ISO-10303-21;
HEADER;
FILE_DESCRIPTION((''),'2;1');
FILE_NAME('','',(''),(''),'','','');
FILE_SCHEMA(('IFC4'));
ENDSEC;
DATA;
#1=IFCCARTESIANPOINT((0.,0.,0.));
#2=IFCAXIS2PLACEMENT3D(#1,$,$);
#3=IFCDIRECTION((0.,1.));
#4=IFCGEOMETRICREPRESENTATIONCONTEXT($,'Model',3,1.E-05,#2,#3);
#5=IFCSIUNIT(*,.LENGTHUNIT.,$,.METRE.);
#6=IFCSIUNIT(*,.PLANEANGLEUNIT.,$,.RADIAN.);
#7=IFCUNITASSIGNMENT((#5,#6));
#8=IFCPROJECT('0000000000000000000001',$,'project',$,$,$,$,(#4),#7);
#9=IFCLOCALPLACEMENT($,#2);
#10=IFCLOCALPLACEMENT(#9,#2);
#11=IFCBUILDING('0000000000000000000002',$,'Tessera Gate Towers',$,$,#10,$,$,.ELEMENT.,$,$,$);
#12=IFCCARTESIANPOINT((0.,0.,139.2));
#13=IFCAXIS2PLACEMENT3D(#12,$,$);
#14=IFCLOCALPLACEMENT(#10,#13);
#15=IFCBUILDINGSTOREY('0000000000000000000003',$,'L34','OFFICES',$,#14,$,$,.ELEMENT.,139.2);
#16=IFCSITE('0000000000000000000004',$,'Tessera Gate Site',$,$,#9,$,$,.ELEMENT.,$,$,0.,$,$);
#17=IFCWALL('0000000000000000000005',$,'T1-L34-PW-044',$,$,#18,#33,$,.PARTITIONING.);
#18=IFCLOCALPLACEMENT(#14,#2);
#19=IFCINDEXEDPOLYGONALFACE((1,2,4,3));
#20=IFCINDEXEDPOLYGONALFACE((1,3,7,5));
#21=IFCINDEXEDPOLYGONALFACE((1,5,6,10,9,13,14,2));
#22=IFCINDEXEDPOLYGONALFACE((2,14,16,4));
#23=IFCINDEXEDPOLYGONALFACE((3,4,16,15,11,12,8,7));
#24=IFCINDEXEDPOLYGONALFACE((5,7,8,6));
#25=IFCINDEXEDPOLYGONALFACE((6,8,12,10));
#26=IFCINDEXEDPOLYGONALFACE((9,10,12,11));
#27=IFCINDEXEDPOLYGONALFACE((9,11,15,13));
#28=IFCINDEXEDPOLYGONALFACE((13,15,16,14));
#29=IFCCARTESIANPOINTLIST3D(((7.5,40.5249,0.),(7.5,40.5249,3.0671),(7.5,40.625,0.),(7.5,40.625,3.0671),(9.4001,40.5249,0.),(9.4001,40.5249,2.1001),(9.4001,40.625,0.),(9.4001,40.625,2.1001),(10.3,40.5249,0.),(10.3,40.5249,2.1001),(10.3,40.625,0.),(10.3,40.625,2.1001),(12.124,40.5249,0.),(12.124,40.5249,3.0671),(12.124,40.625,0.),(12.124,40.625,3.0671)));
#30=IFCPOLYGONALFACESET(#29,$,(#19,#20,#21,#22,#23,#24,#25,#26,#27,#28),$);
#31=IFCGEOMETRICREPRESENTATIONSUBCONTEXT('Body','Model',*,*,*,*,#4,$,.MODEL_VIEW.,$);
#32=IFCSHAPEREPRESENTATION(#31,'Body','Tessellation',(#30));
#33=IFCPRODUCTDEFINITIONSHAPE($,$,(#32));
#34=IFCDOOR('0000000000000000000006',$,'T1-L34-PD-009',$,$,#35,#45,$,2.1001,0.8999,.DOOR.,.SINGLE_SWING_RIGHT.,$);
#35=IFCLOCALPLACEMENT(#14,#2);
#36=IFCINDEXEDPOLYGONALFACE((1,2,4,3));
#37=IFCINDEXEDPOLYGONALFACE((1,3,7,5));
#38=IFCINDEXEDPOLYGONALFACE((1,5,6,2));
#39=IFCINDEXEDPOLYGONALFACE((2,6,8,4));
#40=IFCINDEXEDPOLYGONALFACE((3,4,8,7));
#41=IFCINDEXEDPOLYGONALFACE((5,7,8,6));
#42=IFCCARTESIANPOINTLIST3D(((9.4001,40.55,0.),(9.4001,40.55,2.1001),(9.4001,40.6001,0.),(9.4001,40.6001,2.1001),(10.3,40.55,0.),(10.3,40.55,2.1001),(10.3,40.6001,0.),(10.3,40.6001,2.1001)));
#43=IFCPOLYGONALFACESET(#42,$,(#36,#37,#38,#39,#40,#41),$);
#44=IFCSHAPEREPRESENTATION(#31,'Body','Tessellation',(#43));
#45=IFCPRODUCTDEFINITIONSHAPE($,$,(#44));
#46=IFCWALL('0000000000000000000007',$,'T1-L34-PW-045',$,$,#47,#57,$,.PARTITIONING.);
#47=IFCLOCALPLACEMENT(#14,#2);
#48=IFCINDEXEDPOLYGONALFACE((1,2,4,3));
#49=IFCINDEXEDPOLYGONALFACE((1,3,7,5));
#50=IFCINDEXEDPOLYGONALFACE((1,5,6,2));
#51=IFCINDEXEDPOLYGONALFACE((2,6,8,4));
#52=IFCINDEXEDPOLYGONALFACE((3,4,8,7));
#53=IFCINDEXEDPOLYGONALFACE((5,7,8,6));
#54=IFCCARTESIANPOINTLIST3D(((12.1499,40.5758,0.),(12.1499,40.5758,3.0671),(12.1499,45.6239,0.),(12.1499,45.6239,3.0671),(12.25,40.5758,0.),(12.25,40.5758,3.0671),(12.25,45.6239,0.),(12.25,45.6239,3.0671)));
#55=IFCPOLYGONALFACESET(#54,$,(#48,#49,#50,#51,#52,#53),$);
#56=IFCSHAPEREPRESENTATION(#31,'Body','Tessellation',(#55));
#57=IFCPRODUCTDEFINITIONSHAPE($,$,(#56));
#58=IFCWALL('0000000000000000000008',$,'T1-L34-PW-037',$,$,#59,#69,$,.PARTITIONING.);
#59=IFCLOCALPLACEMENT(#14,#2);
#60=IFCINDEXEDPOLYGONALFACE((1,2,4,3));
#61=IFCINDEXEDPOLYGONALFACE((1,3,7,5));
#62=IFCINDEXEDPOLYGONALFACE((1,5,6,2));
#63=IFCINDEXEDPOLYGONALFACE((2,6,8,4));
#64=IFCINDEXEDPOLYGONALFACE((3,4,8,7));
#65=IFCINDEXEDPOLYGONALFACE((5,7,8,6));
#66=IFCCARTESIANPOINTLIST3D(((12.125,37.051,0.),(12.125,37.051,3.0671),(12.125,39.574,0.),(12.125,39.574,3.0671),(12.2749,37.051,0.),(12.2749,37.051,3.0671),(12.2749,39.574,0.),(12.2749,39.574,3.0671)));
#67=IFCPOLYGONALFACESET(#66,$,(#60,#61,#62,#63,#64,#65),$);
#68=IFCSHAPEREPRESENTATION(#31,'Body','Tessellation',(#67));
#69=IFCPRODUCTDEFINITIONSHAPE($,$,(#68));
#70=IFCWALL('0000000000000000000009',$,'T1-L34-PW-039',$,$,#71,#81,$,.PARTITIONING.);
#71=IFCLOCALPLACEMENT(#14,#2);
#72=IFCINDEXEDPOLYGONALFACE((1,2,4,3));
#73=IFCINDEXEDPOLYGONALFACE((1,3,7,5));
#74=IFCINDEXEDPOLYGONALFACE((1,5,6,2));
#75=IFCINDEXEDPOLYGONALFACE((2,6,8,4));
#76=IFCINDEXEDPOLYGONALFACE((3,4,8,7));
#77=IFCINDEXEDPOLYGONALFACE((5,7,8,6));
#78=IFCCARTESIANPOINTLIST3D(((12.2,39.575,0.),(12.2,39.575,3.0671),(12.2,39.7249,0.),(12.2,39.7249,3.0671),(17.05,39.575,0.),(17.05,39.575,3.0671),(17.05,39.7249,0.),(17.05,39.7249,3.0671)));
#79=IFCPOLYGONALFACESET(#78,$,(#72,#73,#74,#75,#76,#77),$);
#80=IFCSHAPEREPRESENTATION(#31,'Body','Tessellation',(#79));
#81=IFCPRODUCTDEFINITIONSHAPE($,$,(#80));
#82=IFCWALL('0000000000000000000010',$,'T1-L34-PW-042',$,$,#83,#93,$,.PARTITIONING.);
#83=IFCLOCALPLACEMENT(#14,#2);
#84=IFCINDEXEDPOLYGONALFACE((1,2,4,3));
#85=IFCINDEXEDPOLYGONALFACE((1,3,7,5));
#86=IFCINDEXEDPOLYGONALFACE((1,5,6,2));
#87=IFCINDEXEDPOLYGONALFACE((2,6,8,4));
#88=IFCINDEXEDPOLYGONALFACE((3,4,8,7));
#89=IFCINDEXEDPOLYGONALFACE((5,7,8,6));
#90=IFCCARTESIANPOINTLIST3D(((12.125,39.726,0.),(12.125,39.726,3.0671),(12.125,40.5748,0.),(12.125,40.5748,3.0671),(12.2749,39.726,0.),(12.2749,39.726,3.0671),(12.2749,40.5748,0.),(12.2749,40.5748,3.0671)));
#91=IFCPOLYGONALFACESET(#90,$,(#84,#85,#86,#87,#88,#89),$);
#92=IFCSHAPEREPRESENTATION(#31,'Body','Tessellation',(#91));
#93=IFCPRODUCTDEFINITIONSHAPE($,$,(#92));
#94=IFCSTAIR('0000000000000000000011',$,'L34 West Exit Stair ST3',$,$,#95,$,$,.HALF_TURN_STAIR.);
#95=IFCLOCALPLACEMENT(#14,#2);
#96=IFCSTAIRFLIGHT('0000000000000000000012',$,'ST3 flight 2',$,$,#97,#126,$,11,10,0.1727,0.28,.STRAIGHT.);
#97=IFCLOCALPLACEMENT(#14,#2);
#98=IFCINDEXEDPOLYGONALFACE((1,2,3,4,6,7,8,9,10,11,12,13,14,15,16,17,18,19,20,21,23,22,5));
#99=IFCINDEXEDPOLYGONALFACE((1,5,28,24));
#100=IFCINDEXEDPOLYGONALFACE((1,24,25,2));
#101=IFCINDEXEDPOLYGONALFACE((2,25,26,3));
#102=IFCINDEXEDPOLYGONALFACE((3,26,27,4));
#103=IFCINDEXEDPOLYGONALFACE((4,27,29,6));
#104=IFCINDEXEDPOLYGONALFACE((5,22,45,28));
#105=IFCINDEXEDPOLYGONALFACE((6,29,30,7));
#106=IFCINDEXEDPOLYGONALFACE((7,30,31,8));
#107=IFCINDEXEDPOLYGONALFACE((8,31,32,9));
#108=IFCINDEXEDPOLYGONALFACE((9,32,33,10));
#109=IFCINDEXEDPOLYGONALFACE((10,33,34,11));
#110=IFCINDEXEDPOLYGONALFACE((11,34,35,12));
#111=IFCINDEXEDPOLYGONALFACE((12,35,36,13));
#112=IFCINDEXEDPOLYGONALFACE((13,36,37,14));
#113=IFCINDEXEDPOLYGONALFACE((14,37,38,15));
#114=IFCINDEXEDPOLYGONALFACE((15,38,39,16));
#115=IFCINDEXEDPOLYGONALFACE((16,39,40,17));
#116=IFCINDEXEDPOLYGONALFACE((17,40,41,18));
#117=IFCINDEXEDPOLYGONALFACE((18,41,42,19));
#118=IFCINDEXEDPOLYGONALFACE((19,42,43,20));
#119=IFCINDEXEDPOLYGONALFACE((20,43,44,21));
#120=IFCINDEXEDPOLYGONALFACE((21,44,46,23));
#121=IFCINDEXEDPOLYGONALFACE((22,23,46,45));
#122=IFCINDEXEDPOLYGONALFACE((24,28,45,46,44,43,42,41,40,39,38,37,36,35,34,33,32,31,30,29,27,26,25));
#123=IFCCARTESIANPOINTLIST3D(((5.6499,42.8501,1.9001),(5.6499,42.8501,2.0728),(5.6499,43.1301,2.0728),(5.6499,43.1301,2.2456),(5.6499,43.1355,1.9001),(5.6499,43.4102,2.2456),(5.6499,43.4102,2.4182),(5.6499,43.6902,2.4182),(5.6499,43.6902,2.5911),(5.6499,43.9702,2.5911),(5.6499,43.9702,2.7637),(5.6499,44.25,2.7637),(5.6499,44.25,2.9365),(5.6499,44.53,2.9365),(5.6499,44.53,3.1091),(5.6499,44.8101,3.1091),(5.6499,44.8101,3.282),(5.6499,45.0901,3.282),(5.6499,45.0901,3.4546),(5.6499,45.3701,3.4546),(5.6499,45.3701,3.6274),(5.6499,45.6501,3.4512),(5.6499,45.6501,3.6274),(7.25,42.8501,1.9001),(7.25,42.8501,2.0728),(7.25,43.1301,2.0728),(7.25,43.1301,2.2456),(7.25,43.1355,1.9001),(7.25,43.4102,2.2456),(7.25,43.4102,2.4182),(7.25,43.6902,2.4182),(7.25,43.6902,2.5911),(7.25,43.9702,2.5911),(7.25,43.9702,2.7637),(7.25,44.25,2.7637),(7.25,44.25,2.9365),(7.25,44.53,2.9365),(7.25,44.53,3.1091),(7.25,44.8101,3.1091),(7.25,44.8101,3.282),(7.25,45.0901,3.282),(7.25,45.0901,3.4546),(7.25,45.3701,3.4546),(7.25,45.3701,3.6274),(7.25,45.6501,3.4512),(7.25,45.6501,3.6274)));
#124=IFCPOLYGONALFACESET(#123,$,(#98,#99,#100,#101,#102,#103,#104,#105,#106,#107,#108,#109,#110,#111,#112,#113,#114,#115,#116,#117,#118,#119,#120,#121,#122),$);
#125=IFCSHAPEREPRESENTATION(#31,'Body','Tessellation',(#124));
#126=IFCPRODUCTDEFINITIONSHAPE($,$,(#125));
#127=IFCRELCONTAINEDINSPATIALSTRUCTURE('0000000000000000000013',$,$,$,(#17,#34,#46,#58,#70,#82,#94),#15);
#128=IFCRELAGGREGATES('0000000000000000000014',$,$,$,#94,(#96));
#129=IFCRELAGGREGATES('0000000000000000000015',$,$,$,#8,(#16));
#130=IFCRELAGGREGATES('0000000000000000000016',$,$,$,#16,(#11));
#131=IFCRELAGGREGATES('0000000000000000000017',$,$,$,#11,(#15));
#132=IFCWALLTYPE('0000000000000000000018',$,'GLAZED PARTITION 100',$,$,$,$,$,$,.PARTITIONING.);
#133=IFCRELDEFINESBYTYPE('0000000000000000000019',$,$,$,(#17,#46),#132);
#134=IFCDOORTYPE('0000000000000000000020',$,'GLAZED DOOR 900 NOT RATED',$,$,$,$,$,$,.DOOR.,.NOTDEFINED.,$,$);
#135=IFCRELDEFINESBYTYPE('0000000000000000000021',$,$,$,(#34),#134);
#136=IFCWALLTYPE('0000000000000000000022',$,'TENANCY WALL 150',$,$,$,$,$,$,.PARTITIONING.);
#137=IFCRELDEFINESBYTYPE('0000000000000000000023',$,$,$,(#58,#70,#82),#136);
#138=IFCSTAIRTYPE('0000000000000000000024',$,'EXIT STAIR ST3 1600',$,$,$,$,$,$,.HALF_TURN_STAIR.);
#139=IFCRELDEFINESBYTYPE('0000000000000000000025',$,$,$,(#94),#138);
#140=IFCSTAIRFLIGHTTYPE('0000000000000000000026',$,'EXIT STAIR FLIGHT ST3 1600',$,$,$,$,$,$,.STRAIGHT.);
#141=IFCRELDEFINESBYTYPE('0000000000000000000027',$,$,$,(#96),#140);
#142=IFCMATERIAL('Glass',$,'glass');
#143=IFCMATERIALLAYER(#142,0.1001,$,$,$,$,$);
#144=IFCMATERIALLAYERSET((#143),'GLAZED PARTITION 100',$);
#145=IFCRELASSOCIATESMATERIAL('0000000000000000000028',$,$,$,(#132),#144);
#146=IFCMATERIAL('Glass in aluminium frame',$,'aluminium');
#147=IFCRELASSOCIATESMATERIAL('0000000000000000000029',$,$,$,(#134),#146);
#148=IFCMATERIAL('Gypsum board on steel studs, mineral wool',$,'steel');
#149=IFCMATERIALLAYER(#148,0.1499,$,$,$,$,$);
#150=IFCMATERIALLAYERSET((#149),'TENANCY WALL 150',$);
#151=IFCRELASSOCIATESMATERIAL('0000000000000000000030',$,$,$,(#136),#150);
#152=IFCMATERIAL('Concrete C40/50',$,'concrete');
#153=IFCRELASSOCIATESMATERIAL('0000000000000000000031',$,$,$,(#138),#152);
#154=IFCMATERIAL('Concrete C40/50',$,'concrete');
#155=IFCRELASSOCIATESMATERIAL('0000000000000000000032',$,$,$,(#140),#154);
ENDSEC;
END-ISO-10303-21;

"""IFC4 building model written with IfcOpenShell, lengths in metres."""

from ifc_helpers import new_model, si_unit, direction, frame, frame_2d, origin, place, context, subcontext, project, spatial, polyline, rectangle, outline, extrude, source, transform, mapped, material, layer, layer_set, type_object, element, fill, aggregate, save


model = new_model("IFC4")

# Units and contexts
model_context = context("Model", 3, precision=1e-05, world=origin(), true_north=direction((0.0, 1.0)))
body_context = subcontext(model_context, "Body", "Model", "MODEL_VIEW")
ifc_project = project(units=[si_unit("LENGTHUNIT", "METRE"), si_unit("PLANEANGLEUNIT", "RADIAN")], contexts=[model_context])

# Site, building, storey
site_placement = place(None, origin())
site = spatial("IfcSite", under=ifc_project, at=site_placement, Name="Tessera Gate Site", CompositionType="ELEMENT", RefElevation=0.0)
building_placement = place(site_placement, origin())
building = spatial("IfcBuilding", under=site, at=building_placement, Name="Tessera Gate Towers", CompositionType="ELEMENT")
storey_placement = place(building_placement, frame((0.0, 0.0, 139.2)))
storey = spatial("IfcBuildingStorey", under=building, at=storey_placement, Name="L34", Description="OFFICES", CompositionType="ELEMENT", Elevation=139.2)

# Wall, opening, door
ifc_material_1 = material(Name="Glass", Category="glass")
ifc_layer_1 = layer(ifc_material_1, 0.1001)
ifc_layer_set_1 = layer_set([ifc_layer_1], Name="GLAZED PARTITION 100")
wall_type_1 = type_object("IfcWallType", Name="GLAZED PARTITION 100", PredefinedType="PARTITIONING", material=ifc_layer_set_1)
wall_1_placement = place(storey_placement, frame((12.124, 40.575, 0.0), z_axis=(0.0, 0.0, 1.0), x_axis=(-1.0, 0.0, 0.0)))
wall_1 = element("IfcWall", 1, at=wall_1_placement, inside=storey, type_object=wall_type_1, Name="T1-L34-PW-044", PredefinedType="PARTITIONING", context=body_context, shape_type="SweptSolid", body=[
    extrude(rectangle(XDim=4.624, YDim=0.1001, at=frame_2d((2.312, 0.0))), origin(), (0.0, 0.0, 1.0), 3.0671),
])
shared_shape_1 = source(origin(), body_context, "Body", "SweptSolid", [
    extrude(rectangle(XDim=0.8999, YDim=2.1001, at=frame_2d((0.45, 1.05))), frame((0.0, 0.0601, 0.0), z_axis=(0.0, -1.0, 0.0), x_axis=(1.0, 0.0, 0.0)), (0.0, 0.0, 1.0), 0.1201),
])
opening_placement = place(wall_1_placement, frame((1.824, 0.0, 0.0)))
opening = element("IfcOpeningElement", 2, at=opening_placement, cuts=wall_1, PredefinedType="OPENING", context=body_context, shape_type="MappedRepresentation", body=[
    mapped(shared_shape_1, transform((0.0, 0.0, 0.0), scale=1.0)),
])
ifc_material_2 = material(Name="Glass in aluminium frame", Category="aluminium")
door_type = type_object("IfcDoorType", Name="GLAZED DOOR 900 NOT RATED", OperationType="NOTDEFINED", PredefinedType="DOOR", material=ifc_material_2)
shared_shape_2 = source(origin(), body_context, "Body", "SweptSolid", [
    extrude(rectangle(XDim=0.8999, YDim=2.1001, at=frame_2d((0.45, 1.05))), frame((0.0, 0.0249, 0.0), z_axis=(0.0, -1.0, 0.0), x_axis=(1.0, 0.0, 0.0)), (0.0, 0.0, 1.0), 0.05),
])
door_placement = place(opening_placement, origin())
door = element("IfcDoor", 3, at=door_placement, inside=storey, type_object=door_type, Name="T1-L34-PD-009", OperationType="SINGLE_SWING_RIGHT", OverallHeight=2.1001, OverallWidth=0.8999, PredefinedType="DOOR", context=body_context, shape_type="MappedRepresentation", body=[
    mapped(shared_shape_2, transform((0.0, 0.0, 0.0), scale=1.0)),
])
fill(opening, door)

# Walls
wall_2_placement = place(storey_placement, frame((12.2, 40.5759, 0.0), z_axis=(0.0, 0.0, 1.0), x_axis=(0.0, 1.0, 0.0)))
element("IfcWall", 4, at=wall_2_placement, inside=storey, type_object=wall_type_1, Name="T1-L34-PW-045", PredefinedType="PARTITIONING", context=body_context, shape_type="SweptSolid", body=[
    extrude(rectangle(XDim=5.0481, YDim=0.1001, at=frame_2d((2.5239, 0.0))), origin(), (0.0, 0.0, 1.0), 3.0671),
])
ifc_material_3 = material(Name="Gypsum board on steel studs, mineral wool", Category="steel")
ifc_layer_2 = layer(ifc_material_3, 0.1499)
ifc_layer_set_2 = layer_set([ifc_layer_2], Name="TENANCY WALL 150")
wall_type_2 = type_object("IfcWallType", Name="TENANCY WALL 150", PredefinedType="PARTITIONING", material=ifc_layer_set_2)
wall_3_placement = place(storey_placement, frame((12.2, 37.051, 0.0), z_axis=(0.0, 0.0, 1.0), x_axis=(0.0, 1.0, 0.0)))
element("IfcWall", 5, at=wall_3_placement, inside=storey, type_object=wall_type_2, Name="T1-L34-PW-037", PredefinedType="PARTITIONING", context=body_context, shape_type="SweptSolid", body=[
    extrude(rectangle(XDim=2.5229, YDim=0.1499, at=frame_2d((1.2615, 0.0))), origin(), (0.0, 0.0, 1.0), 3.0671),
])
wall_4_placement = place(storey_placement, frame((12.2, 39.6499, 0.0), z_axis=(0.0, 0.0, 1.0), x_axis=(1.0, 0.0, 0.0)))
element("IfcWall", 6, at=wall_4_placement, inside=storey, type_object=wall_type_2, Name="T1-L34-PW-039", PredefinedType="PARTITIONING", context=body_context, shape_type="SweptSolid", body=[
    extrude(rectangle(XDim=4.8501, YDim=0.1499, at=frame_2d((2.425, 0.0))), origin(), (0.0, 0.0, 1.0), 3.0671),
])
wall_5_placement = place(storey_placement, frame((12.2, 39.7261, 0.0), z_axis=(0.0, 0.0, 1.0), x_axis=(0.0, 1.0, 0.0)))
element("IfcWall", 7, at=wall_5_placement, inside=storey, type_object=wall_type_2, Name="T1-L34-PW-042", PredefinedType="PARTITIONING", context=body_context, shape_type="SweptSolid", body=[
    extrude(rectangle(XDim=0.8489, YDim=0.1499, at=frame_2d((0.4243, 0.0))), origin(), (0.0, 0.0, 1.0), 3.0671),
])

# Stair, stair flight
ifc_material_4 = material(Name="Concrete C40/50", Category="concrete")
stair_type = type_object("IfcStairType", Name="EXIT STAIR ST3 1600", PredefinedType="HALF_TURN_STAIR", material=ifc_material_4)
stair_placement = place(storey_placement, origin())
stair = element("IfcStair", 8, at=stair_placement, inside=storey, type_object=stair_type, Name="L34 West Exit Stair ST3", PredefinedType="HALF_TURN_STAIR")
ifc_material_5 = material(Name="Concrete C40/50", Category="concrete")
stair_flight_type = type_object("IfcStairFlightType", Name="EXIT STAIR FLIGHT ST3 1600", PredefinedType="STRAIGHT", material=ifc_material_5)
stair_flight_placement = place(storey_placement, frame((6.45, 42.8501, 1.9001), z_axis=(0.0, 0.0, 1.0), x_axis=(0.0, 1.0, 0.0)))
stair_flight = element("IfcStairFlight", 9, at=stair_flight_placement, type_object=stair_flight_type, Name="ST3 flight 2", NumberOfRisers=11, NumberOfTreads=10, PredefinedType="STRAIGHT", RiserHeight=0.1727, TreadLength=0.28, context=body_context, shape_type="SweptSolid", body=[
    extrude(outline(polyline([(0.0, 0.0), (0.0, 0.1726), (0.28, 0.1726), (0.28, 0.3455), (0.5601, 0.3455), (0.5601, 0.5181), (0.8401, 0.5181), (0.8401, 0.6909), (1.1201, 0.6909), (1.1201, 0.8635), (1.3999, 0.8635), (1.3999, 1.0364), (1.6799, 1.0364), (1.6799, 1.209), (1.96, 1.209), (1.96, 1.3818), (2.24, 1.3818), (2.24, 1.5544), (2.52, 1.5544), (2.52, 1.7273), (2.8, 1.7273), (2.8, 1.8999), (2.8, 1.551), (0.2854, 0.0), (0.0, 0.0)])), frame((0.0, 0.8, 0.0), z_axis=(0.0, -1.0, 0.0), x_axis=(1.0, 0.0, 0.0)), (0.0, 0.0, 1.0), 1.6001),
])
aggregate(stair, [stair_flight])

save(model, "model.ifc")
